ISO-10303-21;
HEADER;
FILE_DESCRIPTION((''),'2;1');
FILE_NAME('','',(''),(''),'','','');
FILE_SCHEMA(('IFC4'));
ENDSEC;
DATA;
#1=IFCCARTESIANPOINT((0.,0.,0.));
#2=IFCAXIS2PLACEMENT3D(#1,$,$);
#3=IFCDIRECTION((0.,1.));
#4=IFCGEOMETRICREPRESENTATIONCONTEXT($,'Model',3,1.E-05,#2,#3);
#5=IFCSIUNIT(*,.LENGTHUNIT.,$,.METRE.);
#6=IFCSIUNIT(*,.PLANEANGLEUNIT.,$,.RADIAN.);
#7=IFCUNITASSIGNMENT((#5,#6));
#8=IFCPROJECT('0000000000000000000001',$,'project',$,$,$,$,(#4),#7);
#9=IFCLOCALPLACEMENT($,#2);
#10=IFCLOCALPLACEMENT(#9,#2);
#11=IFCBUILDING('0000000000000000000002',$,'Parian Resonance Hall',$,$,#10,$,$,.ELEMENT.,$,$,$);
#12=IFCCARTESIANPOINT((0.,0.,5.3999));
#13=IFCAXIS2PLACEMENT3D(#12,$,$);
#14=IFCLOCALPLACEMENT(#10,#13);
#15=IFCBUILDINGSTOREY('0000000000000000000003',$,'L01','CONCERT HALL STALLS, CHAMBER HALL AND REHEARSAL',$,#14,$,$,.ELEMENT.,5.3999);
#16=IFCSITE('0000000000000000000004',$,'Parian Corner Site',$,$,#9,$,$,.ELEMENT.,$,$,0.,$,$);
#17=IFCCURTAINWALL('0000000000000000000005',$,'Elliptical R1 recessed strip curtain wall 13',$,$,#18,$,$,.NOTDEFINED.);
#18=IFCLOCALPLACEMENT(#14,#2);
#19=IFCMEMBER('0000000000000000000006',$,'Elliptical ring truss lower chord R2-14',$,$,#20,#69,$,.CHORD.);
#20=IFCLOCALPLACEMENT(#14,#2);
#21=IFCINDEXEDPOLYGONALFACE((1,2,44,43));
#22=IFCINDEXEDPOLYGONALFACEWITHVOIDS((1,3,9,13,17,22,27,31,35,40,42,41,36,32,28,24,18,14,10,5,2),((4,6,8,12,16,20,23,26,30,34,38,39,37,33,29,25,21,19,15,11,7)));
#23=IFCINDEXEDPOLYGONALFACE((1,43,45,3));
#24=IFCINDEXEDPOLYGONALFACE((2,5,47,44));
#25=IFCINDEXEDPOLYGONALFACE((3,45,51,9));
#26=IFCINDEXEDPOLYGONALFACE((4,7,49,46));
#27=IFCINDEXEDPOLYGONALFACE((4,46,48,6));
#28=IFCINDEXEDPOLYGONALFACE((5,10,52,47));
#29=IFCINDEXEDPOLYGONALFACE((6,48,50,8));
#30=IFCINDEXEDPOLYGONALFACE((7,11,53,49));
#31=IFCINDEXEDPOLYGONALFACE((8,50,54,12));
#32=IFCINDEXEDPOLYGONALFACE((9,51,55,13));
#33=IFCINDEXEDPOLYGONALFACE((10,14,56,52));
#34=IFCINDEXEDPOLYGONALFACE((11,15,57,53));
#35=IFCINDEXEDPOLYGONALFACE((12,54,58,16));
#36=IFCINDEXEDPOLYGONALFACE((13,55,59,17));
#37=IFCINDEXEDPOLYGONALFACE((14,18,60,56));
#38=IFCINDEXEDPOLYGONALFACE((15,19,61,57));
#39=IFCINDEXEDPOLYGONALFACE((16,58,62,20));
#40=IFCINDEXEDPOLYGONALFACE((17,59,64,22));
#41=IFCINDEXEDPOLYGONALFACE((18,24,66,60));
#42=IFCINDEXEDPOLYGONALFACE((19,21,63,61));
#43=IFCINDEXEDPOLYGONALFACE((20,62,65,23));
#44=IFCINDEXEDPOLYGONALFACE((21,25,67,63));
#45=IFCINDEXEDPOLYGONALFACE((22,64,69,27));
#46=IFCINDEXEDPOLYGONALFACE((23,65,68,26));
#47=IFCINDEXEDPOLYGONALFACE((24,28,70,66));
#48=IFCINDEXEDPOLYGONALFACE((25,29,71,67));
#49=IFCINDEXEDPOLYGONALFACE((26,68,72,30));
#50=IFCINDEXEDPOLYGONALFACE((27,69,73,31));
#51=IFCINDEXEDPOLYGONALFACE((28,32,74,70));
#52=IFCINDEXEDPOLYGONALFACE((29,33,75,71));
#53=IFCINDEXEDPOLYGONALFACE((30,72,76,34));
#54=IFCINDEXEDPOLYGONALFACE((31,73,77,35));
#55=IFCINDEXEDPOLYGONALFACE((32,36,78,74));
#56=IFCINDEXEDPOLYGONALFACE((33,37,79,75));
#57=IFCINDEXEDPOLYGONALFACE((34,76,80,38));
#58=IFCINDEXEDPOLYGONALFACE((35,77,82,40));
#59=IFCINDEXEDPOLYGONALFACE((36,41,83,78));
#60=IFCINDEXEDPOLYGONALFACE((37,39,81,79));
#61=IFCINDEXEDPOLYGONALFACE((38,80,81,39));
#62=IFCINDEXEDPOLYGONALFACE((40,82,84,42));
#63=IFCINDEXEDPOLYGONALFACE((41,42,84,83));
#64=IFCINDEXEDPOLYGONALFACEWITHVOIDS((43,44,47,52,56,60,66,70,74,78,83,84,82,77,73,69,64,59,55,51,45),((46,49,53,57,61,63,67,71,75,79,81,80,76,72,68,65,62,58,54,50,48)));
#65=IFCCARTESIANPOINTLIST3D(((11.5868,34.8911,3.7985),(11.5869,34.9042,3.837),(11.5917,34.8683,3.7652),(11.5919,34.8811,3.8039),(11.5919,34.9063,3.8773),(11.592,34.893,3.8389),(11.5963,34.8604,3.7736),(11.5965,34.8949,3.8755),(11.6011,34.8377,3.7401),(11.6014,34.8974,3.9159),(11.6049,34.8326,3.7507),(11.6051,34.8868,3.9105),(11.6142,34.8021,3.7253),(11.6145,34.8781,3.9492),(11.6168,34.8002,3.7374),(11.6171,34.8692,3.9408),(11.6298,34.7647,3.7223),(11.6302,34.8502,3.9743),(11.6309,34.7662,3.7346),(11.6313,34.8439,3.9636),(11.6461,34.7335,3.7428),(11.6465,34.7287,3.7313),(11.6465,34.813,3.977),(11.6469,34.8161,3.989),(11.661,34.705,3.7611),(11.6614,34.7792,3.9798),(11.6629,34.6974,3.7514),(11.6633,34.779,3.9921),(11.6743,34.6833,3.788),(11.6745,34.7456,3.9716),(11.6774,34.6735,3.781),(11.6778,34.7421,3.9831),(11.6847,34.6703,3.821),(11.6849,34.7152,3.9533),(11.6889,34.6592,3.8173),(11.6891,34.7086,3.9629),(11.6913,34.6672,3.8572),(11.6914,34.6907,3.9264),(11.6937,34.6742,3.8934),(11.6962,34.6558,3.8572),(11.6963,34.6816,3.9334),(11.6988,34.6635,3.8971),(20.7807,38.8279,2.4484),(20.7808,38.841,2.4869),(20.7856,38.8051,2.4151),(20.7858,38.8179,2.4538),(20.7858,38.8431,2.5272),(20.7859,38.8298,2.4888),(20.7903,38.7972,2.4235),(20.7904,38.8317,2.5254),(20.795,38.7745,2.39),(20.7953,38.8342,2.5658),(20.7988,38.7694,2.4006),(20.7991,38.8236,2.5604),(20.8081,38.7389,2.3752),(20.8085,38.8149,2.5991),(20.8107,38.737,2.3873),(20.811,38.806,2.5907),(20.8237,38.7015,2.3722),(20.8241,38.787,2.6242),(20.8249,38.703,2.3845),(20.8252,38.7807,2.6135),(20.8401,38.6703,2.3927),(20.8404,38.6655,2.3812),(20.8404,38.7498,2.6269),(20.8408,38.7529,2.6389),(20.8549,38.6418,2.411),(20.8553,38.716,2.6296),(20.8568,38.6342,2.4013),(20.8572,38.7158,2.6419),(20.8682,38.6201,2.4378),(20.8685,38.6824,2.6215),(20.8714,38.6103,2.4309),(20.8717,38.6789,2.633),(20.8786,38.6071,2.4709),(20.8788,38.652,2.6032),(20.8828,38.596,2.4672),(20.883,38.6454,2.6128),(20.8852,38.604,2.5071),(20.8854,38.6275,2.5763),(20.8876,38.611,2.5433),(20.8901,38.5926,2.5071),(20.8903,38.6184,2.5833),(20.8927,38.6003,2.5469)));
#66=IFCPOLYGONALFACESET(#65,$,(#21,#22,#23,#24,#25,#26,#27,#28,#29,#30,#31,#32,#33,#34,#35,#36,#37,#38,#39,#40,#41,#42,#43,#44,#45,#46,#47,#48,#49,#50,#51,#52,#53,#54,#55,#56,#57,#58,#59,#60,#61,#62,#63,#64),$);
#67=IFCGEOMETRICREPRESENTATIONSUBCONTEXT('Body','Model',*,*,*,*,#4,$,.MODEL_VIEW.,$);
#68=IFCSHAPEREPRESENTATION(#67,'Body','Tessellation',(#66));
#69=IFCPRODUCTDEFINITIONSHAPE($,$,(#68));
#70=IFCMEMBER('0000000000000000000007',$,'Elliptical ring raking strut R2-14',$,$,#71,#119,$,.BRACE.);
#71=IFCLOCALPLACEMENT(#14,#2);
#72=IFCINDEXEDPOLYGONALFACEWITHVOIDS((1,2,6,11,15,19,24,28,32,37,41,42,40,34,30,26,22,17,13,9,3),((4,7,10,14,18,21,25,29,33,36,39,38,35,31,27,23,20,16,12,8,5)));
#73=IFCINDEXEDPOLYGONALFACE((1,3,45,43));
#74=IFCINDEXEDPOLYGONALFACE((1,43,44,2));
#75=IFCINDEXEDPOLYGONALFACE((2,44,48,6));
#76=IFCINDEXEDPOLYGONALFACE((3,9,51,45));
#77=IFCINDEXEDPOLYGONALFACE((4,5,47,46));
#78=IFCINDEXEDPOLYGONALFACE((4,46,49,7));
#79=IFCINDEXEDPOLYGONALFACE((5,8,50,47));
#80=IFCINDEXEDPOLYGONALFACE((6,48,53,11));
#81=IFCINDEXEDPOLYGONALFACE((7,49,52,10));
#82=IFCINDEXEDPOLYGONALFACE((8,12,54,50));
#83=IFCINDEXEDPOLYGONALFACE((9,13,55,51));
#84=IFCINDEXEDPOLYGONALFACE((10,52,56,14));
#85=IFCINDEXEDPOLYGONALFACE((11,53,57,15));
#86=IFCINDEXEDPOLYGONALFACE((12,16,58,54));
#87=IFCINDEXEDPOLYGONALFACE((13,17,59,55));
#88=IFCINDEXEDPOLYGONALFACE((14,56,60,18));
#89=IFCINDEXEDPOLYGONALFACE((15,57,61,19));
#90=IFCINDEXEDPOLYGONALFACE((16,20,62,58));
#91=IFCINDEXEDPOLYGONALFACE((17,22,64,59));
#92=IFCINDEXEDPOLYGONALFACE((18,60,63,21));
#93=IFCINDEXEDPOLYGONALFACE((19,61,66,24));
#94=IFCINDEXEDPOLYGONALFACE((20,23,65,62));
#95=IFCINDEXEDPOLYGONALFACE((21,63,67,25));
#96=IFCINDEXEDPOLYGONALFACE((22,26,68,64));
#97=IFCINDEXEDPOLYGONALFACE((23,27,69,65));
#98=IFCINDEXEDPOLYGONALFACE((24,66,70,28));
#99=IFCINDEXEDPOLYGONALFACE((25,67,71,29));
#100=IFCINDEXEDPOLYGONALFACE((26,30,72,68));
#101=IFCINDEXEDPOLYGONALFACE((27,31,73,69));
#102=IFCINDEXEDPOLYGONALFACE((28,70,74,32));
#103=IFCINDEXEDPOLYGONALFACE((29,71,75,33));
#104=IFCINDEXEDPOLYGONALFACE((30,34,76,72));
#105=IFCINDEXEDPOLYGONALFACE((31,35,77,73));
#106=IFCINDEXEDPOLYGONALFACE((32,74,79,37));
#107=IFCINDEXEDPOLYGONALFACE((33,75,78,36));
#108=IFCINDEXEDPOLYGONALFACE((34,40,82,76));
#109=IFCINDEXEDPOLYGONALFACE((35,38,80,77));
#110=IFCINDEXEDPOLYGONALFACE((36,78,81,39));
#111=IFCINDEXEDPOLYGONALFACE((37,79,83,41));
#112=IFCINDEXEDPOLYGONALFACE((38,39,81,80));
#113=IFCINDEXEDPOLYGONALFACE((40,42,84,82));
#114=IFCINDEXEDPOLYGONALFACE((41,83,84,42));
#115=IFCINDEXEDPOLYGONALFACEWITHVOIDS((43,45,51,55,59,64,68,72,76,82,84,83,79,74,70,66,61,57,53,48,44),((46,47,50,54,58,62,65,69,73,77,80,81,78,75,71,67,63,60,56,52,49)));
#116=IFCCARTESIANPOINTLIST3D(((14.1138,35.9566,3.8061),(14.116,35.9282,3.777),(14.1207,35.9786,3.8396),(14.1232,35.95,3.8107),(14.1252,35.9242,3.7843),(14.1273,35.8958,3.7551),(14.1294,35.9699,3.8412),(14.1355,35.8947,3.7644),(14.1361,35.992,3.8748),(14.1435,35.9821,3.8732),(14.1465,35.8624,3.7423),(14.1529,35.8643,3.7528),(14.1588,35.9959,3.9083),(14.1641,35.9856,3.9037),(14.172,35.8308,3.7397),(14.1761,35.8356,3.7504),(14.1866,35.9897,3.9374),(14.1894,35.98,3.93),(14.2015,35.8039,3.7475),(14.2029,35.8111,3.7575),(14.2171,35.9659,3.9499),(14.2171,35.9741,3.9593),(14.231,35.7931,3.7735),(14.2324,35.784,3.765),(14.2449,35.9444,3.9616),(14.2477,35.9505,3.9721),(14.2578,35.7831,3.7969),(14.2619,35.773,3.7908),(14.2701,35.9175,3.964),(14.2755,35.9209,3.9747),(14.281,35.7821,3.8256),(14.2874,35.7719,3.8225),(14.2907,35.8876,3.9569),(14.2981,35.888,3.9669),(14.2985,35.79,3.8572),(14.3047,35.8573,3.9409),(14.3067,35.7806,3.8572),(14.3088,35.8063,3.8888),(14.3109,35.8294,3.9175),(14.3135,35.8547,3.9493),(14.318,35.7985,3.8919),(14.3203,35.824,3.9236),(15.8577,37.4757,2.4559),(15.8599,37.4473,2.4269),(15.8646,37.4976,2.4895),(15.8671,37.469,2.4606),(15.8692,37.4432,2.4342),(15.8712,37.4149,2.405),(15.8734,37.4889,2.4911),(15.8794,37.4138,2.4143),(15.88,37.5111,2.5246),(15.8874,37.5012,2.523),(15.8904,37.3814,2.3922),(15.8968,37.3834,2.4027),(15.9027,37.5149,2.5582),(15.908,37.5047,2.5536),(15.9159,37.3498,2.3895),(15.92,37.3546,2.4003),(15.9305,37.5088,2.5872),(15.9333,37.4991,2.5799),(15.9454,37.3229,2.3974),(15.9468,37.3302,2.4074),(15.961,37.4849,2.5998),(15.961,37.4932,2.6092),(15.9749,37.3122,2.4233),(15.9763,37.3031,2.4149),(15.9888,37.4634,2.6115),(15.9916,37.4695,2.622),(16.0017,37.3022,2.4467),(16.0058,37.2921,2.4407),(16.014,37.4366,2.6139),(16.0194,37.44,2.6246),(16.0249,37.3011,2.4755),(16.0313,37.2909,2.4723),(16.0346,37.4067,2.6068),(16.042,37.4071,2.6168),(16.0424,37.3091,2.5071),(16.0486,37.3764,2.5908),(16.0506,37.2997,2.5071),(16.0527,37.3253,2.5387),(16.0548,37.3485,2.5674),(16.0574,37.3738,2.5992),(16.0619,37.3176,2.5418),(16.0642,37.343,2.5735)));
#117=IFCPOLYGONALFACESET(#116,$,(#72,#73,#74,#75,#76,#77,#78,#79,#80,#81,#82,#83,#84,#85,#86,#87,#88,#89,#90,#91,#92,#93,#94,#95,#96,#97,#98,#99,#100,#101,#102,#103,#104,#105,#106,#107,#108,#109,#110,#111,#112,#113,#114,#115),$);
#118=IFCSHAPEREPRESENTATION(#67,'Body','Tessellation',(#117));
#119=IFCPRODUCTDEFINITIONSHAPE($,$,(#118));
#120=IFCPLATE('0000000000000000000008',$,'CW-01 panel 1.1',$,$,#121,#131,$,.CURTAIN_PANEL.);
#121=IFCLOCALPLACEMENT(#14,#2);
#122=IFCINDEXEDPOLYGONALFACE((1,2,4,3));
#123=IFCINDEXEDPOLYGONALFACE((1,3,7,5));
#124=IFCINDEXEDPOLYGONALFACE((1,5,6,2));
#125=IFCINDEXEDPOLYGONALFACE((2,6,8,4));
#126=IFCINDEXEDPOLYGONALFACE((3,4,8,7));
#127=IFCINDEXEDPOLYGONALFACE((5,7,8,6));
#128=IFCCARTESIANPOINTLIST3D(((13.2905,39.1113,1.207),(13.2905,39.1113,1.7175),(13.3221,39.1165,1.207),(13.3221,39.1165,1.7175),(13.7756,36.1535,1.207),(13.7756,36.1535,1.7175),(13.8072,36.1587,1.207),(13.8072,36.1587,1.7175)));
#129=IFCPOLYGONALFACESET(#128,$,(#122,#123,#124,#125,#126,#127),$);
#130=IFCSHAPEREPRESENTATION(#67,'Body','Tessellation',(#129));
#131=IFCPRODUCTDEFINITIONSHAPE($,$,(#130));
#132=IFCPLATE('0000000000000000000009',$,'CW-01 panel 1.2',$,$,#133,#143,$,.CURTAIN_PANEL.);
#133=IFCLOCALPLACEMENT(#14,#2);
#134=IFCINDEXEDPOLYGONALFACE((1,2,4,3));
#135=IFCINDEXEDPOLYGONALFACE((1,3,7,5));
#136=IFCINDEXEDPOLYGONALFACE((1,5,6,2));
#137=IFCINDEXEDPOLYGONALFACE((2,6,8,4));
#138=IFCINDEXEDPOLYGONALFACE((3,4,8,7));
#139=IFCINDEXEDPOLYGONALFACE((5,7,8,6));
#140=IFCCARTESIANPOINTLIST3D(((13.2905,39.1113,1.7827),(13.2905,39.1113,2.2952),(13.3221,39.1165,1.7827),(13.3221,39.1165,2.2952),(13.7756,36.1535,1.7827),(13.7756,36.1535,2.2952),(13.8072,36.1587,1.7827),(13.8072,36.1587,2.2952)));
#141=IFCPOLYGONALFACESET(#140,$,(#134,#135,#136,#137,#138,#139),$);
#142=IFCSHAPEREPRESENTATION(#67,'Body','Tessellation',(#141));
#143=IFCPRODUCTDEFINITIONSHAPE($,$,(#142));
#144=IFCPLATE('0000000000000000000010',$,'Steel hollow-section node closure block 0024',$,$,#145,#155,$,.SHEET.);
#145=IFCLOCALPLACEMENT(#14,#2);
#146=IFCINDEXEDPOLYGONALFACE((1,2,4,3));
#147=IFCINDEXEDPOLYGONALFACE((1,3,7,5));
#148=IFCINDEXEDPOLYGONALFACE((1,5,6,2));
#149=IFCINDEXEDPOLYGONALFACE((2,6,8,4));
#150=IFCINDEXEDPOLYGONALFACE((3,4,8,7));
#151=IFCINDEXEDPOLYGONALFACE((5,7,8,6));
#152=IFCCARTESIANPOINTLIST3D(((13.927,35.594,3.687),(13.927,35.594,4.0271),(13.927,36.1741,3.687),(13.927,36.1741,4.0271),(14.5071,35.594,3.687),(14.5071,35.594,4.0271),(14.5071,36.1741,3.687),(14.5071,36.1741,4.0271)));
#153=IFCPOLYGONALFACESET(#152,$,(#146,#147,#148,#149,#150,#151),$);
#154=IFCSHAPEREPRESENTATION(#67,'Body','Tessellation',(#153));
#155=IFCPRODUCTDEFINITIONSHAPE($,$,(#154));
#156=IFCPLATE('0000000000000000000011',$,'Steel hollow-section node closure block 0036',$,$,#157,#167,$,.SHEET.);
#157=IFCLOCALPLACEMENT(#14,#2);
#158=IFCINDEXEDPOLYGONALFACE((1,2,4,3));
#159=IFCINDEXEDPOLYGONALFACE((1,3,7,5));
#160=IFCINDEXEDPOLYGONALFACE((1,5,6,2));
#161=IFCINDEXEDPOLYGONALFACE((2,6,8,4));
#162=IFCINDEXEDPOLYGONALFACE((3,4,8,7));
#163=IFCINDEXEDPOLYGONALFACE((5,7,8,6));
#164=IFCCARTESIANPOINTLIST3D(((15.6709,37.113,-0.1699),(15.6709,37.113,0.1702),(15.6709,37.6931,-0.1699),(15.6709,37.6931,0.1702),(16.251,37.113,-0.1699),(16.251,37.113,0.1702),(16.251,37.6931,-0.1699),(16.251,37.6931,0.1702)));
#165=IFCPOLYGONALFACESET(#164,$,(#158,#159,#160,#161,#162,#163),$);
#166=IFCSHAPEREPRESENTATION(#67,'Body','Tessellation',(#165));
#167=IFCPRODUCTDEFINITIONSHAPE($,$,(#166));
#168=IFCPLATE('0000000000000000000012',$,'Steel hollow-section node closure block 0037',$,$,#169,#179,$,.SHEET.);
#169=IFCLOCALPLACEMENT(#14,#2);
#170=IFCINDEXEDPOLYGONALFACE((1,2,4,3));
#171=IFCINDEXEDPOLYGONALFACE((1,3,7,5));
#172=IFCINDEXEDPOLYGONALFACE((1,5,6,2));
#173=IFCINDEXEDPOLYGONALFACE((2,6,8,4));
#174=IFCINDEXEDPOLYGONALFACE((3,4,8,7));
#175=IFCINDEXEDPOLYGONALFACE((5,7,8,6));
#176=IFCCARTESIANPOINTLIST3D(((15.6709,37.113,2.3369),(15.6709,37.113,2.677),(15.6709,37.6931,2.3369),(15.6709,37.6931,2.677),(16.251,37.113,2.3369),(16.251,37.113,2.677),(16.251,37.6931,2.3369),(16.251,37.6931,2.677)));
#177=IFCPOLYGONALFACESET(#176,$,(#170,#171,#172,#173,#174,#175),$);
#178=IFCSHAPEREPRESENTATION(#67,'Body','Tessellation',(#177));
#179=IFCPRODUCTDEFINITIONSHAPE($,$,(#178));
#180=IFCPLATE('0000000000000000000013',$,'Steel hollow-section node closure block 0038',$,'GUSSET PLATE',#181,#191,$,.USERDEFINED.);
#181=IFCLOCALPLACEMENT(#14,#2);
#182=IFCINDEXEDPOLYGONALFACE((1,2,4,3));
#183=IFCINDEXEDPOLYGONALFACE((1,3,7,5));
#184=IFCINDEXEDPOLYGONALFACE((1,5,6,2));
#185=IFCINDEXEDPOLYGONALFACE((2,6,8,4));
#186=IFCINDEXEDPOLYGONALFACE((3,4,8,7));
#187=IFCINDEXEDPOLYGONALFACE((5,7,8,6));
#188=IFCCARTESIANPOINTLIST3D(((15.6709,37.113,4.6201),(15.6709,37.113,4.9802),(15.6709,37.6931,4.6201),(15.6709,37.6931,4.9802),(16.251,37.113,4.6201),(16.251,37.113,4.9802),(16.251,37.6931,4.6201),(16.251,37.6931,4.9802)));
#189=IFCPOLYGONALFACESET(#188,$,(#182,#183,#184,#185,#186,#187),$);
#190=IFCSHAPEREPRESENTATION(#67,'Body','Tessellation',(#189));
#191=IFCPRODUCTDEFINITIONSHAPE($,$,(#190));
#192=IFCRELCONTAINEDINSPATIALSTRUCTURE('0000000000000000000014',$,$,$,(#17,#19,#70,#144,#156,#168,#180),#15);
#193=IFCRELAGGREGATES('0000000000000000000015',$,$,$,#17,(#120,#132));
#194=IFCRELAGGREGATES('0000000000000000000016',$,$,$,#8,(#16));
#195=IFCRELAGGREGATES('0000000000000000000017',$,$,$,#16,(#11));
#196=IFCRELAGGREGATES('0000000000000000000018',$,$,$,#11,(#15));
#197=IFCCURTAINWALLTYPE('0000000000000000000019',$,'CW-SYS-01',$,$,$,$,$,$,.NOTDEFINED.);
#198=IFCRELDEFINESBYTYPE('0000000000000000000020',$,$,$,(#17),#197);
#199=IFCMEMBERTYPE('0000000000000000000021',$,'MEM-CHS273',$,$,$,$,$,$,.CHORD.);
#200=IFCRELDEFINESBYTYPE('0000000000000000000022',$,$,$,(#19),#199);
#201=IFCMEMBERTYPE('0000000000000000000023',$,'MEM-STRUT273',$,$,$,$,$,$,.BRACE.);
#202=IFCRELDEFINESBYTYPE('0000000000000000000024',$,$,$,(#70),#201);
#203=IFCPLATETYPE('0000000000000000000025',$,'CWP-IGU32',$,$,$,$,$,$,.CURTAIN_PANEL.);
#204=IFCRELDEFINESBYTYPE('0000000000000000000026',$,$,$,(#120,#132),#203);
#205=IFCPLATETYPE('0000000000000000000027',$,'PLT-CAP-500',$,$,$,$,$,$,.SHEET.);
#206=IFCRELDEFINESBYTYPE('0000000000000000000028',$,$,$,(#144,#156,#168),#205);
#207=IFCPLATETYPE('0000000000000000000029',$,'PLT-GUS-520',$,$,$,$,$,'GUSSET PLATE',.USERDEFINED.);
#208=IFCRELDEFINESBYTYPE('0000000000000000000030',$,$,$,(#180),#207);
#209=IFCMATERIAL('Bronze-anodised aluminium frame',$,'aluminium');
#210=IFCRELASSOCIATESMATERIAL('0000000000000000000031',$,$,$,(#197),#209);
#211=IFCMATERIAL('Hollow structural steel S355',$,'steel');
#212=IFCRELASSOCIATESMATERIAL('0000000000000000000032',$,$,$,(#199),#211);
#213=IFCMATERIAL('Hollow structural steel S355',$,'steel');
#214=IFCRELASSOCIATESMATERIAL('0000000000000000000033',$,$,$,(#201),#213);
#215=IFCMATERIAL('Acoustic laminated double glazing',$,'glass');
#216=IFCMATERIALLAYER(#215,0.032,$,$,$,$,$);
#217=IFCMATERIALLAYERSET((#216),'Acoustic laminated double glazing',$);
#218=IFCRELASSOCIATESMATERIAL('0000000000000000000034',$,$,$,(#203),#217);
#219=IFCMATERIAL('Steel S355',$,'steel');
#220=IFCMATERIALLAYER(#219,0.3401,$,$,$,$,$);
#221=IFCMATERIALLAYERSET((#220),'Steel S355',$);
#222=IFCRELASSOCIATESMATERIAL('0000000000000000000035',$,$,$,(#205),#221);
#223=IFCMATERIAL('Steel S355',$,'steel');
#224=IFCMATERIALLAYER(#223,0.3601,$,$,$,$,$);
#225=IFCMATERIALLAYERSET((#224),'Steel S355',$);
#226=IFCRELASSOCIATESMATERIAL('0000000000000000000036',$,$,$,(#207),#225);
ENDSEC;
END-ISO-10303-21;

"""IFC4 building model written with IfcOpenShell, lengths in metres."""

from ifc_helpers import new_model, si_unit, direction, frame, origin, origin_2d, place, context, subcontext, project, spatial, rectangle, hollow_circle, extrude, material, layer, layer_set, material_profile, profile_set, type_object, element, aggregate, save


model = new_model("IFC4")

# Units and contexts
model_context = context("Model", 3, precision=1e-05, world=origin(), true_north=direction((0.0, 1.0)))
body_context = subcontext(model_context, "Body", "Model", "MODEL_VIEW")
ifc_project = project(units=[si_unit("LENGTHUNIT", "METRE"), si_unit("PLANEANGLEUNIT", "RADIAN")], contexts=[model_context])

# Site, building, storey
site_placement = place(None, origin())
site = spatial("IfcSite", under=ifc_project, at=site_placement, Name="Parian Corner Site", CompositionType="ELEMENT", RefElevation=0.0)
building_placement = place(site_placement, origin())
building = spatial("IfcBuilding", under=site, at=building_placement, Name="Parian Resonance Hall", CompositionType="ELEMENT")
storey_placement = place(building_placement, frame((0.0, 0.0, 5.3999)))
storey = spatial("IfcBuildingStorey", under=building, at=storey_placement, Name="L01", Description="CONCERT HALL STALLS, CHAMBER HALL AND REHEARSAL", CompositionType="ELEMENT", Elevation=5.3999)

# Curtain wall
ifc_material_1 = material(Name="Bronze-anodised aluminium frame", Category="aluminium")
curtain_wall_type_1 = type_object("IfcCurtainWallType", Name="CW-SYS-01", PredefinedType="NOTDEFINED", material=ifc_material_1)
curtain_wall_1_placement = place(storey_placement, origin())
curtain_wall_1 = element("IfcCurtainWall", 1, at=curtain_wall_1_placement, inside=storey, type_object=curtain_wall_type_1, Name="Elliptical R1 recessed strip curtain wall 13", PredefinedType="NOTDEFINED")

# Members
ifc_material_2 = material(Name="Hollow structural steel S355", Category="steel")
ifc_material_profile_1 = material_profile(ifc_material_2, hollow_circle(Radius=0.1365, WallThickness=0.0125, at=origin_2d()), Name="CHS273x12.5")
ifc_profile_set_1 = profile_set([ifc_material_profile_1], Name="Hollow structural steel S355")
member_type_1 = type_object("IfcMemberType", Name="MEM-CHS273", PredefinedType="CHORD", material=ifc_profile_set_1)
member_1_placement = place(storey_placement, frame((20.8364, 38.718, 2.5071), z_axis=(-0.911007, -0.390089, 0.133779), x_axis=(0.393628, -0.91927, 0.0)))
element("IfcMember", 2, at=member_1_placement, inside=storey, type_object=member_type_1, Name="Elliptical ring truss lower chord R2-14", PredefinedType="CHORD", context=body_context, shape_type="SweptSolid", body=[
    extrude(hollow_circle(Radius=0.1365, WallThickness=0.0125, at=origin_2d()), origin(), (0.0, 0.0, 1.0), 10.092),
])
ifc_material_3 = material(Name="Hollow structural steel S355", Category="steel")
ifc_material_profile_2 = material_profile(ifc_material_3, hollow_circle(Radius=0.1365, WallThickness=0.0125, at=origin_2d()), Name="CHS273x12.5")
ifc_profile_set_2 = profile_set([ifc_material_profile_2], Name="Hollow structural steel S355")
member_type_2 = type_object("IfcMemberType", Name="MEM-STRUT273", PredefinedType="BRACE", material=ifc_profile_set_2)
member_2_placement = place(storey_placement, frame((15.9609, 37.4026, 2.5071), z_axis=(-0.651205, -0.56724, 0.504153), x_axis=(0.656821, -0.754046, 0.0)))
element("IfcMember", 3, at=member_2_placement, inside=storey, type_object=member_type_2, Name="Elliptical ring raking strut R2-14", PredefinedType="BRACE", context=body_context, shape_type="SweptSolid", body=[
    extrude(hollow_circle(Radius=0.1365, WallThickness=0.0125, at=origin_2d()), origin(), (0.0, 0.0, 1.0), 2.678),
])

# Plates
ifc_material_4 = material(Name="Acoustic laminated double glazing", Category="glass")
ifc_layer_1 = layer(ifc_material_4, 0.032)
ifc_layer_set_1 = layer_set([ifc_layer_1], Name="Acoustic laminated double glazing")
plate_type_1 = type_object("IfcPlateType", Name="CWP-IGU32", PredefinedType="CURTAIN_PANEL", material=ifc_layer_set_1)
plate_1_placement = place(storey_placement, frame((13.5488, 37.635, 1.207), z_axis=(0.0, 0.0, 1.0), x_axis=(-0.161849, 0.986815, 0.0)))
plate_1 = element("IfcPlate", 4, at=plate_1_placement, type_object=plate_type_1, Name="CW-01 panel 1.1", PredefinedType="CURTAIN_PANEL", context=body_context, shape_type="SweptSolid", body=[
    extrude(rectangle(XDim=2.9973, YDim=0.032, at=origin_2d()), origin(), (0.0, 0.0, 1.0), 0.5105),
])
plate_2_placement = place(storey_placement, frame((13.5488, 37.635, 1.7827), z_axis=(0.0, 0.0, 1.0), x_axis=(-0.161849, 0.986815, 0.0)))
plate_2 = element("IfcPlate", 5, at=plate_2_placement, type_object=plate_type_1, Name="CW-01 panel 1.2", PredefinedType="CURTAIN_PANEL", context=body_context, shape_type="SweptSolid", body=[
    extrude(rectangle(XDim=2.9973, YDim=0.032, at=origin_2d()), origin(), (0.0, 0.0, 1.0), 0.5125),
])
aggregate(curtain_wall_1, [plate_1, plate_2])

# Plates
ifc_material_5 = material(Name="Steel S355", Category="steel")
ifc_layer_2 = layer(ifc_material_5, 0.3401)
ifc_layer_set_2 = layer_set([ifc_layer_2], Name="Steel S355")
plate_type_2 = type_object("IfcPlateType", Name="PLT-CAP-500", PredefinedType="SHEET", material=ifc_layer_set_2)
for number, where, z_axis, x_axis, name in (
    (6, (14.217, 35.884, 3.687), (0.0, 0.0, 1.0), (1.0, 0.0, 0.0), "Steel hollow-section node closure block 0024"),
    (7, (15.9609, 37.4031, -0.1699), (0.0, 0.0, 1.0), (1.0, 0.0, 0.0), "Steel hollow-section node closure block 0036"),
    (8, (15.9609, 37.4031, 2.3369), (0.0, 0.0, 1.0), (1.0, 0.0, 0.0), "Steel hollow-section node closure block 0037"),
):
    element("IfcPlate", number, at=place(storey_placement, frame(where, z_axis=z_axis, x_axis=x_axis)), inside=storey, type_object=plate_type_2, Name=name, PredefinedType="SHEET", context=body_context, shape_type="SweptSolid", body=[
        extrude(rectangle(XDim=0.5801, YDim=0.5801, at=origin_2d()), origin(), (0.0, 0.0, 1.0), 0.3401),
    ])
ifc_material_6 = material(Name="Steel S355", Category="steel")
ifc_layer_3 = layer(ifc_material_6, 0.3601)
ifc_layer_set_3 = layer_set([ifc_layer_3], Name="Steel S355")
plate_type_3 = type_object("IfcPlateType", Name="PLT-GUS-520", ElementType="GUSSET PLATE", PredefinedType="USERDEFINED", material=ifc_layer_set_3)
for number, where, z_axis, x_axis, name in (
    (9, (15.9609, 37.4031, 4.6201), (0.0, 0.0, 1.0), (1.0, 0.0, 0.0), "Steel hollow-section node closure block 0038"),
):
    element("IfcPlate", number, at=place(storey_placement, frame(where, z_axis=z_axis, x_axis=x_axis)), inside=storey, type_object=plate_type_3, Name=name, ObjectType="GUSSET PLATE", PredefinedType="USERDEFINED", context=body_context, shape_type="SweptSolid", body=[
        extrude(rectangle(XDim=0.5801, YDim=0.5801, at=origin_2d()), origin(), (0.0, 0.0, 1.0), 0.3601),
    ])

save(model, "model.ifc")
